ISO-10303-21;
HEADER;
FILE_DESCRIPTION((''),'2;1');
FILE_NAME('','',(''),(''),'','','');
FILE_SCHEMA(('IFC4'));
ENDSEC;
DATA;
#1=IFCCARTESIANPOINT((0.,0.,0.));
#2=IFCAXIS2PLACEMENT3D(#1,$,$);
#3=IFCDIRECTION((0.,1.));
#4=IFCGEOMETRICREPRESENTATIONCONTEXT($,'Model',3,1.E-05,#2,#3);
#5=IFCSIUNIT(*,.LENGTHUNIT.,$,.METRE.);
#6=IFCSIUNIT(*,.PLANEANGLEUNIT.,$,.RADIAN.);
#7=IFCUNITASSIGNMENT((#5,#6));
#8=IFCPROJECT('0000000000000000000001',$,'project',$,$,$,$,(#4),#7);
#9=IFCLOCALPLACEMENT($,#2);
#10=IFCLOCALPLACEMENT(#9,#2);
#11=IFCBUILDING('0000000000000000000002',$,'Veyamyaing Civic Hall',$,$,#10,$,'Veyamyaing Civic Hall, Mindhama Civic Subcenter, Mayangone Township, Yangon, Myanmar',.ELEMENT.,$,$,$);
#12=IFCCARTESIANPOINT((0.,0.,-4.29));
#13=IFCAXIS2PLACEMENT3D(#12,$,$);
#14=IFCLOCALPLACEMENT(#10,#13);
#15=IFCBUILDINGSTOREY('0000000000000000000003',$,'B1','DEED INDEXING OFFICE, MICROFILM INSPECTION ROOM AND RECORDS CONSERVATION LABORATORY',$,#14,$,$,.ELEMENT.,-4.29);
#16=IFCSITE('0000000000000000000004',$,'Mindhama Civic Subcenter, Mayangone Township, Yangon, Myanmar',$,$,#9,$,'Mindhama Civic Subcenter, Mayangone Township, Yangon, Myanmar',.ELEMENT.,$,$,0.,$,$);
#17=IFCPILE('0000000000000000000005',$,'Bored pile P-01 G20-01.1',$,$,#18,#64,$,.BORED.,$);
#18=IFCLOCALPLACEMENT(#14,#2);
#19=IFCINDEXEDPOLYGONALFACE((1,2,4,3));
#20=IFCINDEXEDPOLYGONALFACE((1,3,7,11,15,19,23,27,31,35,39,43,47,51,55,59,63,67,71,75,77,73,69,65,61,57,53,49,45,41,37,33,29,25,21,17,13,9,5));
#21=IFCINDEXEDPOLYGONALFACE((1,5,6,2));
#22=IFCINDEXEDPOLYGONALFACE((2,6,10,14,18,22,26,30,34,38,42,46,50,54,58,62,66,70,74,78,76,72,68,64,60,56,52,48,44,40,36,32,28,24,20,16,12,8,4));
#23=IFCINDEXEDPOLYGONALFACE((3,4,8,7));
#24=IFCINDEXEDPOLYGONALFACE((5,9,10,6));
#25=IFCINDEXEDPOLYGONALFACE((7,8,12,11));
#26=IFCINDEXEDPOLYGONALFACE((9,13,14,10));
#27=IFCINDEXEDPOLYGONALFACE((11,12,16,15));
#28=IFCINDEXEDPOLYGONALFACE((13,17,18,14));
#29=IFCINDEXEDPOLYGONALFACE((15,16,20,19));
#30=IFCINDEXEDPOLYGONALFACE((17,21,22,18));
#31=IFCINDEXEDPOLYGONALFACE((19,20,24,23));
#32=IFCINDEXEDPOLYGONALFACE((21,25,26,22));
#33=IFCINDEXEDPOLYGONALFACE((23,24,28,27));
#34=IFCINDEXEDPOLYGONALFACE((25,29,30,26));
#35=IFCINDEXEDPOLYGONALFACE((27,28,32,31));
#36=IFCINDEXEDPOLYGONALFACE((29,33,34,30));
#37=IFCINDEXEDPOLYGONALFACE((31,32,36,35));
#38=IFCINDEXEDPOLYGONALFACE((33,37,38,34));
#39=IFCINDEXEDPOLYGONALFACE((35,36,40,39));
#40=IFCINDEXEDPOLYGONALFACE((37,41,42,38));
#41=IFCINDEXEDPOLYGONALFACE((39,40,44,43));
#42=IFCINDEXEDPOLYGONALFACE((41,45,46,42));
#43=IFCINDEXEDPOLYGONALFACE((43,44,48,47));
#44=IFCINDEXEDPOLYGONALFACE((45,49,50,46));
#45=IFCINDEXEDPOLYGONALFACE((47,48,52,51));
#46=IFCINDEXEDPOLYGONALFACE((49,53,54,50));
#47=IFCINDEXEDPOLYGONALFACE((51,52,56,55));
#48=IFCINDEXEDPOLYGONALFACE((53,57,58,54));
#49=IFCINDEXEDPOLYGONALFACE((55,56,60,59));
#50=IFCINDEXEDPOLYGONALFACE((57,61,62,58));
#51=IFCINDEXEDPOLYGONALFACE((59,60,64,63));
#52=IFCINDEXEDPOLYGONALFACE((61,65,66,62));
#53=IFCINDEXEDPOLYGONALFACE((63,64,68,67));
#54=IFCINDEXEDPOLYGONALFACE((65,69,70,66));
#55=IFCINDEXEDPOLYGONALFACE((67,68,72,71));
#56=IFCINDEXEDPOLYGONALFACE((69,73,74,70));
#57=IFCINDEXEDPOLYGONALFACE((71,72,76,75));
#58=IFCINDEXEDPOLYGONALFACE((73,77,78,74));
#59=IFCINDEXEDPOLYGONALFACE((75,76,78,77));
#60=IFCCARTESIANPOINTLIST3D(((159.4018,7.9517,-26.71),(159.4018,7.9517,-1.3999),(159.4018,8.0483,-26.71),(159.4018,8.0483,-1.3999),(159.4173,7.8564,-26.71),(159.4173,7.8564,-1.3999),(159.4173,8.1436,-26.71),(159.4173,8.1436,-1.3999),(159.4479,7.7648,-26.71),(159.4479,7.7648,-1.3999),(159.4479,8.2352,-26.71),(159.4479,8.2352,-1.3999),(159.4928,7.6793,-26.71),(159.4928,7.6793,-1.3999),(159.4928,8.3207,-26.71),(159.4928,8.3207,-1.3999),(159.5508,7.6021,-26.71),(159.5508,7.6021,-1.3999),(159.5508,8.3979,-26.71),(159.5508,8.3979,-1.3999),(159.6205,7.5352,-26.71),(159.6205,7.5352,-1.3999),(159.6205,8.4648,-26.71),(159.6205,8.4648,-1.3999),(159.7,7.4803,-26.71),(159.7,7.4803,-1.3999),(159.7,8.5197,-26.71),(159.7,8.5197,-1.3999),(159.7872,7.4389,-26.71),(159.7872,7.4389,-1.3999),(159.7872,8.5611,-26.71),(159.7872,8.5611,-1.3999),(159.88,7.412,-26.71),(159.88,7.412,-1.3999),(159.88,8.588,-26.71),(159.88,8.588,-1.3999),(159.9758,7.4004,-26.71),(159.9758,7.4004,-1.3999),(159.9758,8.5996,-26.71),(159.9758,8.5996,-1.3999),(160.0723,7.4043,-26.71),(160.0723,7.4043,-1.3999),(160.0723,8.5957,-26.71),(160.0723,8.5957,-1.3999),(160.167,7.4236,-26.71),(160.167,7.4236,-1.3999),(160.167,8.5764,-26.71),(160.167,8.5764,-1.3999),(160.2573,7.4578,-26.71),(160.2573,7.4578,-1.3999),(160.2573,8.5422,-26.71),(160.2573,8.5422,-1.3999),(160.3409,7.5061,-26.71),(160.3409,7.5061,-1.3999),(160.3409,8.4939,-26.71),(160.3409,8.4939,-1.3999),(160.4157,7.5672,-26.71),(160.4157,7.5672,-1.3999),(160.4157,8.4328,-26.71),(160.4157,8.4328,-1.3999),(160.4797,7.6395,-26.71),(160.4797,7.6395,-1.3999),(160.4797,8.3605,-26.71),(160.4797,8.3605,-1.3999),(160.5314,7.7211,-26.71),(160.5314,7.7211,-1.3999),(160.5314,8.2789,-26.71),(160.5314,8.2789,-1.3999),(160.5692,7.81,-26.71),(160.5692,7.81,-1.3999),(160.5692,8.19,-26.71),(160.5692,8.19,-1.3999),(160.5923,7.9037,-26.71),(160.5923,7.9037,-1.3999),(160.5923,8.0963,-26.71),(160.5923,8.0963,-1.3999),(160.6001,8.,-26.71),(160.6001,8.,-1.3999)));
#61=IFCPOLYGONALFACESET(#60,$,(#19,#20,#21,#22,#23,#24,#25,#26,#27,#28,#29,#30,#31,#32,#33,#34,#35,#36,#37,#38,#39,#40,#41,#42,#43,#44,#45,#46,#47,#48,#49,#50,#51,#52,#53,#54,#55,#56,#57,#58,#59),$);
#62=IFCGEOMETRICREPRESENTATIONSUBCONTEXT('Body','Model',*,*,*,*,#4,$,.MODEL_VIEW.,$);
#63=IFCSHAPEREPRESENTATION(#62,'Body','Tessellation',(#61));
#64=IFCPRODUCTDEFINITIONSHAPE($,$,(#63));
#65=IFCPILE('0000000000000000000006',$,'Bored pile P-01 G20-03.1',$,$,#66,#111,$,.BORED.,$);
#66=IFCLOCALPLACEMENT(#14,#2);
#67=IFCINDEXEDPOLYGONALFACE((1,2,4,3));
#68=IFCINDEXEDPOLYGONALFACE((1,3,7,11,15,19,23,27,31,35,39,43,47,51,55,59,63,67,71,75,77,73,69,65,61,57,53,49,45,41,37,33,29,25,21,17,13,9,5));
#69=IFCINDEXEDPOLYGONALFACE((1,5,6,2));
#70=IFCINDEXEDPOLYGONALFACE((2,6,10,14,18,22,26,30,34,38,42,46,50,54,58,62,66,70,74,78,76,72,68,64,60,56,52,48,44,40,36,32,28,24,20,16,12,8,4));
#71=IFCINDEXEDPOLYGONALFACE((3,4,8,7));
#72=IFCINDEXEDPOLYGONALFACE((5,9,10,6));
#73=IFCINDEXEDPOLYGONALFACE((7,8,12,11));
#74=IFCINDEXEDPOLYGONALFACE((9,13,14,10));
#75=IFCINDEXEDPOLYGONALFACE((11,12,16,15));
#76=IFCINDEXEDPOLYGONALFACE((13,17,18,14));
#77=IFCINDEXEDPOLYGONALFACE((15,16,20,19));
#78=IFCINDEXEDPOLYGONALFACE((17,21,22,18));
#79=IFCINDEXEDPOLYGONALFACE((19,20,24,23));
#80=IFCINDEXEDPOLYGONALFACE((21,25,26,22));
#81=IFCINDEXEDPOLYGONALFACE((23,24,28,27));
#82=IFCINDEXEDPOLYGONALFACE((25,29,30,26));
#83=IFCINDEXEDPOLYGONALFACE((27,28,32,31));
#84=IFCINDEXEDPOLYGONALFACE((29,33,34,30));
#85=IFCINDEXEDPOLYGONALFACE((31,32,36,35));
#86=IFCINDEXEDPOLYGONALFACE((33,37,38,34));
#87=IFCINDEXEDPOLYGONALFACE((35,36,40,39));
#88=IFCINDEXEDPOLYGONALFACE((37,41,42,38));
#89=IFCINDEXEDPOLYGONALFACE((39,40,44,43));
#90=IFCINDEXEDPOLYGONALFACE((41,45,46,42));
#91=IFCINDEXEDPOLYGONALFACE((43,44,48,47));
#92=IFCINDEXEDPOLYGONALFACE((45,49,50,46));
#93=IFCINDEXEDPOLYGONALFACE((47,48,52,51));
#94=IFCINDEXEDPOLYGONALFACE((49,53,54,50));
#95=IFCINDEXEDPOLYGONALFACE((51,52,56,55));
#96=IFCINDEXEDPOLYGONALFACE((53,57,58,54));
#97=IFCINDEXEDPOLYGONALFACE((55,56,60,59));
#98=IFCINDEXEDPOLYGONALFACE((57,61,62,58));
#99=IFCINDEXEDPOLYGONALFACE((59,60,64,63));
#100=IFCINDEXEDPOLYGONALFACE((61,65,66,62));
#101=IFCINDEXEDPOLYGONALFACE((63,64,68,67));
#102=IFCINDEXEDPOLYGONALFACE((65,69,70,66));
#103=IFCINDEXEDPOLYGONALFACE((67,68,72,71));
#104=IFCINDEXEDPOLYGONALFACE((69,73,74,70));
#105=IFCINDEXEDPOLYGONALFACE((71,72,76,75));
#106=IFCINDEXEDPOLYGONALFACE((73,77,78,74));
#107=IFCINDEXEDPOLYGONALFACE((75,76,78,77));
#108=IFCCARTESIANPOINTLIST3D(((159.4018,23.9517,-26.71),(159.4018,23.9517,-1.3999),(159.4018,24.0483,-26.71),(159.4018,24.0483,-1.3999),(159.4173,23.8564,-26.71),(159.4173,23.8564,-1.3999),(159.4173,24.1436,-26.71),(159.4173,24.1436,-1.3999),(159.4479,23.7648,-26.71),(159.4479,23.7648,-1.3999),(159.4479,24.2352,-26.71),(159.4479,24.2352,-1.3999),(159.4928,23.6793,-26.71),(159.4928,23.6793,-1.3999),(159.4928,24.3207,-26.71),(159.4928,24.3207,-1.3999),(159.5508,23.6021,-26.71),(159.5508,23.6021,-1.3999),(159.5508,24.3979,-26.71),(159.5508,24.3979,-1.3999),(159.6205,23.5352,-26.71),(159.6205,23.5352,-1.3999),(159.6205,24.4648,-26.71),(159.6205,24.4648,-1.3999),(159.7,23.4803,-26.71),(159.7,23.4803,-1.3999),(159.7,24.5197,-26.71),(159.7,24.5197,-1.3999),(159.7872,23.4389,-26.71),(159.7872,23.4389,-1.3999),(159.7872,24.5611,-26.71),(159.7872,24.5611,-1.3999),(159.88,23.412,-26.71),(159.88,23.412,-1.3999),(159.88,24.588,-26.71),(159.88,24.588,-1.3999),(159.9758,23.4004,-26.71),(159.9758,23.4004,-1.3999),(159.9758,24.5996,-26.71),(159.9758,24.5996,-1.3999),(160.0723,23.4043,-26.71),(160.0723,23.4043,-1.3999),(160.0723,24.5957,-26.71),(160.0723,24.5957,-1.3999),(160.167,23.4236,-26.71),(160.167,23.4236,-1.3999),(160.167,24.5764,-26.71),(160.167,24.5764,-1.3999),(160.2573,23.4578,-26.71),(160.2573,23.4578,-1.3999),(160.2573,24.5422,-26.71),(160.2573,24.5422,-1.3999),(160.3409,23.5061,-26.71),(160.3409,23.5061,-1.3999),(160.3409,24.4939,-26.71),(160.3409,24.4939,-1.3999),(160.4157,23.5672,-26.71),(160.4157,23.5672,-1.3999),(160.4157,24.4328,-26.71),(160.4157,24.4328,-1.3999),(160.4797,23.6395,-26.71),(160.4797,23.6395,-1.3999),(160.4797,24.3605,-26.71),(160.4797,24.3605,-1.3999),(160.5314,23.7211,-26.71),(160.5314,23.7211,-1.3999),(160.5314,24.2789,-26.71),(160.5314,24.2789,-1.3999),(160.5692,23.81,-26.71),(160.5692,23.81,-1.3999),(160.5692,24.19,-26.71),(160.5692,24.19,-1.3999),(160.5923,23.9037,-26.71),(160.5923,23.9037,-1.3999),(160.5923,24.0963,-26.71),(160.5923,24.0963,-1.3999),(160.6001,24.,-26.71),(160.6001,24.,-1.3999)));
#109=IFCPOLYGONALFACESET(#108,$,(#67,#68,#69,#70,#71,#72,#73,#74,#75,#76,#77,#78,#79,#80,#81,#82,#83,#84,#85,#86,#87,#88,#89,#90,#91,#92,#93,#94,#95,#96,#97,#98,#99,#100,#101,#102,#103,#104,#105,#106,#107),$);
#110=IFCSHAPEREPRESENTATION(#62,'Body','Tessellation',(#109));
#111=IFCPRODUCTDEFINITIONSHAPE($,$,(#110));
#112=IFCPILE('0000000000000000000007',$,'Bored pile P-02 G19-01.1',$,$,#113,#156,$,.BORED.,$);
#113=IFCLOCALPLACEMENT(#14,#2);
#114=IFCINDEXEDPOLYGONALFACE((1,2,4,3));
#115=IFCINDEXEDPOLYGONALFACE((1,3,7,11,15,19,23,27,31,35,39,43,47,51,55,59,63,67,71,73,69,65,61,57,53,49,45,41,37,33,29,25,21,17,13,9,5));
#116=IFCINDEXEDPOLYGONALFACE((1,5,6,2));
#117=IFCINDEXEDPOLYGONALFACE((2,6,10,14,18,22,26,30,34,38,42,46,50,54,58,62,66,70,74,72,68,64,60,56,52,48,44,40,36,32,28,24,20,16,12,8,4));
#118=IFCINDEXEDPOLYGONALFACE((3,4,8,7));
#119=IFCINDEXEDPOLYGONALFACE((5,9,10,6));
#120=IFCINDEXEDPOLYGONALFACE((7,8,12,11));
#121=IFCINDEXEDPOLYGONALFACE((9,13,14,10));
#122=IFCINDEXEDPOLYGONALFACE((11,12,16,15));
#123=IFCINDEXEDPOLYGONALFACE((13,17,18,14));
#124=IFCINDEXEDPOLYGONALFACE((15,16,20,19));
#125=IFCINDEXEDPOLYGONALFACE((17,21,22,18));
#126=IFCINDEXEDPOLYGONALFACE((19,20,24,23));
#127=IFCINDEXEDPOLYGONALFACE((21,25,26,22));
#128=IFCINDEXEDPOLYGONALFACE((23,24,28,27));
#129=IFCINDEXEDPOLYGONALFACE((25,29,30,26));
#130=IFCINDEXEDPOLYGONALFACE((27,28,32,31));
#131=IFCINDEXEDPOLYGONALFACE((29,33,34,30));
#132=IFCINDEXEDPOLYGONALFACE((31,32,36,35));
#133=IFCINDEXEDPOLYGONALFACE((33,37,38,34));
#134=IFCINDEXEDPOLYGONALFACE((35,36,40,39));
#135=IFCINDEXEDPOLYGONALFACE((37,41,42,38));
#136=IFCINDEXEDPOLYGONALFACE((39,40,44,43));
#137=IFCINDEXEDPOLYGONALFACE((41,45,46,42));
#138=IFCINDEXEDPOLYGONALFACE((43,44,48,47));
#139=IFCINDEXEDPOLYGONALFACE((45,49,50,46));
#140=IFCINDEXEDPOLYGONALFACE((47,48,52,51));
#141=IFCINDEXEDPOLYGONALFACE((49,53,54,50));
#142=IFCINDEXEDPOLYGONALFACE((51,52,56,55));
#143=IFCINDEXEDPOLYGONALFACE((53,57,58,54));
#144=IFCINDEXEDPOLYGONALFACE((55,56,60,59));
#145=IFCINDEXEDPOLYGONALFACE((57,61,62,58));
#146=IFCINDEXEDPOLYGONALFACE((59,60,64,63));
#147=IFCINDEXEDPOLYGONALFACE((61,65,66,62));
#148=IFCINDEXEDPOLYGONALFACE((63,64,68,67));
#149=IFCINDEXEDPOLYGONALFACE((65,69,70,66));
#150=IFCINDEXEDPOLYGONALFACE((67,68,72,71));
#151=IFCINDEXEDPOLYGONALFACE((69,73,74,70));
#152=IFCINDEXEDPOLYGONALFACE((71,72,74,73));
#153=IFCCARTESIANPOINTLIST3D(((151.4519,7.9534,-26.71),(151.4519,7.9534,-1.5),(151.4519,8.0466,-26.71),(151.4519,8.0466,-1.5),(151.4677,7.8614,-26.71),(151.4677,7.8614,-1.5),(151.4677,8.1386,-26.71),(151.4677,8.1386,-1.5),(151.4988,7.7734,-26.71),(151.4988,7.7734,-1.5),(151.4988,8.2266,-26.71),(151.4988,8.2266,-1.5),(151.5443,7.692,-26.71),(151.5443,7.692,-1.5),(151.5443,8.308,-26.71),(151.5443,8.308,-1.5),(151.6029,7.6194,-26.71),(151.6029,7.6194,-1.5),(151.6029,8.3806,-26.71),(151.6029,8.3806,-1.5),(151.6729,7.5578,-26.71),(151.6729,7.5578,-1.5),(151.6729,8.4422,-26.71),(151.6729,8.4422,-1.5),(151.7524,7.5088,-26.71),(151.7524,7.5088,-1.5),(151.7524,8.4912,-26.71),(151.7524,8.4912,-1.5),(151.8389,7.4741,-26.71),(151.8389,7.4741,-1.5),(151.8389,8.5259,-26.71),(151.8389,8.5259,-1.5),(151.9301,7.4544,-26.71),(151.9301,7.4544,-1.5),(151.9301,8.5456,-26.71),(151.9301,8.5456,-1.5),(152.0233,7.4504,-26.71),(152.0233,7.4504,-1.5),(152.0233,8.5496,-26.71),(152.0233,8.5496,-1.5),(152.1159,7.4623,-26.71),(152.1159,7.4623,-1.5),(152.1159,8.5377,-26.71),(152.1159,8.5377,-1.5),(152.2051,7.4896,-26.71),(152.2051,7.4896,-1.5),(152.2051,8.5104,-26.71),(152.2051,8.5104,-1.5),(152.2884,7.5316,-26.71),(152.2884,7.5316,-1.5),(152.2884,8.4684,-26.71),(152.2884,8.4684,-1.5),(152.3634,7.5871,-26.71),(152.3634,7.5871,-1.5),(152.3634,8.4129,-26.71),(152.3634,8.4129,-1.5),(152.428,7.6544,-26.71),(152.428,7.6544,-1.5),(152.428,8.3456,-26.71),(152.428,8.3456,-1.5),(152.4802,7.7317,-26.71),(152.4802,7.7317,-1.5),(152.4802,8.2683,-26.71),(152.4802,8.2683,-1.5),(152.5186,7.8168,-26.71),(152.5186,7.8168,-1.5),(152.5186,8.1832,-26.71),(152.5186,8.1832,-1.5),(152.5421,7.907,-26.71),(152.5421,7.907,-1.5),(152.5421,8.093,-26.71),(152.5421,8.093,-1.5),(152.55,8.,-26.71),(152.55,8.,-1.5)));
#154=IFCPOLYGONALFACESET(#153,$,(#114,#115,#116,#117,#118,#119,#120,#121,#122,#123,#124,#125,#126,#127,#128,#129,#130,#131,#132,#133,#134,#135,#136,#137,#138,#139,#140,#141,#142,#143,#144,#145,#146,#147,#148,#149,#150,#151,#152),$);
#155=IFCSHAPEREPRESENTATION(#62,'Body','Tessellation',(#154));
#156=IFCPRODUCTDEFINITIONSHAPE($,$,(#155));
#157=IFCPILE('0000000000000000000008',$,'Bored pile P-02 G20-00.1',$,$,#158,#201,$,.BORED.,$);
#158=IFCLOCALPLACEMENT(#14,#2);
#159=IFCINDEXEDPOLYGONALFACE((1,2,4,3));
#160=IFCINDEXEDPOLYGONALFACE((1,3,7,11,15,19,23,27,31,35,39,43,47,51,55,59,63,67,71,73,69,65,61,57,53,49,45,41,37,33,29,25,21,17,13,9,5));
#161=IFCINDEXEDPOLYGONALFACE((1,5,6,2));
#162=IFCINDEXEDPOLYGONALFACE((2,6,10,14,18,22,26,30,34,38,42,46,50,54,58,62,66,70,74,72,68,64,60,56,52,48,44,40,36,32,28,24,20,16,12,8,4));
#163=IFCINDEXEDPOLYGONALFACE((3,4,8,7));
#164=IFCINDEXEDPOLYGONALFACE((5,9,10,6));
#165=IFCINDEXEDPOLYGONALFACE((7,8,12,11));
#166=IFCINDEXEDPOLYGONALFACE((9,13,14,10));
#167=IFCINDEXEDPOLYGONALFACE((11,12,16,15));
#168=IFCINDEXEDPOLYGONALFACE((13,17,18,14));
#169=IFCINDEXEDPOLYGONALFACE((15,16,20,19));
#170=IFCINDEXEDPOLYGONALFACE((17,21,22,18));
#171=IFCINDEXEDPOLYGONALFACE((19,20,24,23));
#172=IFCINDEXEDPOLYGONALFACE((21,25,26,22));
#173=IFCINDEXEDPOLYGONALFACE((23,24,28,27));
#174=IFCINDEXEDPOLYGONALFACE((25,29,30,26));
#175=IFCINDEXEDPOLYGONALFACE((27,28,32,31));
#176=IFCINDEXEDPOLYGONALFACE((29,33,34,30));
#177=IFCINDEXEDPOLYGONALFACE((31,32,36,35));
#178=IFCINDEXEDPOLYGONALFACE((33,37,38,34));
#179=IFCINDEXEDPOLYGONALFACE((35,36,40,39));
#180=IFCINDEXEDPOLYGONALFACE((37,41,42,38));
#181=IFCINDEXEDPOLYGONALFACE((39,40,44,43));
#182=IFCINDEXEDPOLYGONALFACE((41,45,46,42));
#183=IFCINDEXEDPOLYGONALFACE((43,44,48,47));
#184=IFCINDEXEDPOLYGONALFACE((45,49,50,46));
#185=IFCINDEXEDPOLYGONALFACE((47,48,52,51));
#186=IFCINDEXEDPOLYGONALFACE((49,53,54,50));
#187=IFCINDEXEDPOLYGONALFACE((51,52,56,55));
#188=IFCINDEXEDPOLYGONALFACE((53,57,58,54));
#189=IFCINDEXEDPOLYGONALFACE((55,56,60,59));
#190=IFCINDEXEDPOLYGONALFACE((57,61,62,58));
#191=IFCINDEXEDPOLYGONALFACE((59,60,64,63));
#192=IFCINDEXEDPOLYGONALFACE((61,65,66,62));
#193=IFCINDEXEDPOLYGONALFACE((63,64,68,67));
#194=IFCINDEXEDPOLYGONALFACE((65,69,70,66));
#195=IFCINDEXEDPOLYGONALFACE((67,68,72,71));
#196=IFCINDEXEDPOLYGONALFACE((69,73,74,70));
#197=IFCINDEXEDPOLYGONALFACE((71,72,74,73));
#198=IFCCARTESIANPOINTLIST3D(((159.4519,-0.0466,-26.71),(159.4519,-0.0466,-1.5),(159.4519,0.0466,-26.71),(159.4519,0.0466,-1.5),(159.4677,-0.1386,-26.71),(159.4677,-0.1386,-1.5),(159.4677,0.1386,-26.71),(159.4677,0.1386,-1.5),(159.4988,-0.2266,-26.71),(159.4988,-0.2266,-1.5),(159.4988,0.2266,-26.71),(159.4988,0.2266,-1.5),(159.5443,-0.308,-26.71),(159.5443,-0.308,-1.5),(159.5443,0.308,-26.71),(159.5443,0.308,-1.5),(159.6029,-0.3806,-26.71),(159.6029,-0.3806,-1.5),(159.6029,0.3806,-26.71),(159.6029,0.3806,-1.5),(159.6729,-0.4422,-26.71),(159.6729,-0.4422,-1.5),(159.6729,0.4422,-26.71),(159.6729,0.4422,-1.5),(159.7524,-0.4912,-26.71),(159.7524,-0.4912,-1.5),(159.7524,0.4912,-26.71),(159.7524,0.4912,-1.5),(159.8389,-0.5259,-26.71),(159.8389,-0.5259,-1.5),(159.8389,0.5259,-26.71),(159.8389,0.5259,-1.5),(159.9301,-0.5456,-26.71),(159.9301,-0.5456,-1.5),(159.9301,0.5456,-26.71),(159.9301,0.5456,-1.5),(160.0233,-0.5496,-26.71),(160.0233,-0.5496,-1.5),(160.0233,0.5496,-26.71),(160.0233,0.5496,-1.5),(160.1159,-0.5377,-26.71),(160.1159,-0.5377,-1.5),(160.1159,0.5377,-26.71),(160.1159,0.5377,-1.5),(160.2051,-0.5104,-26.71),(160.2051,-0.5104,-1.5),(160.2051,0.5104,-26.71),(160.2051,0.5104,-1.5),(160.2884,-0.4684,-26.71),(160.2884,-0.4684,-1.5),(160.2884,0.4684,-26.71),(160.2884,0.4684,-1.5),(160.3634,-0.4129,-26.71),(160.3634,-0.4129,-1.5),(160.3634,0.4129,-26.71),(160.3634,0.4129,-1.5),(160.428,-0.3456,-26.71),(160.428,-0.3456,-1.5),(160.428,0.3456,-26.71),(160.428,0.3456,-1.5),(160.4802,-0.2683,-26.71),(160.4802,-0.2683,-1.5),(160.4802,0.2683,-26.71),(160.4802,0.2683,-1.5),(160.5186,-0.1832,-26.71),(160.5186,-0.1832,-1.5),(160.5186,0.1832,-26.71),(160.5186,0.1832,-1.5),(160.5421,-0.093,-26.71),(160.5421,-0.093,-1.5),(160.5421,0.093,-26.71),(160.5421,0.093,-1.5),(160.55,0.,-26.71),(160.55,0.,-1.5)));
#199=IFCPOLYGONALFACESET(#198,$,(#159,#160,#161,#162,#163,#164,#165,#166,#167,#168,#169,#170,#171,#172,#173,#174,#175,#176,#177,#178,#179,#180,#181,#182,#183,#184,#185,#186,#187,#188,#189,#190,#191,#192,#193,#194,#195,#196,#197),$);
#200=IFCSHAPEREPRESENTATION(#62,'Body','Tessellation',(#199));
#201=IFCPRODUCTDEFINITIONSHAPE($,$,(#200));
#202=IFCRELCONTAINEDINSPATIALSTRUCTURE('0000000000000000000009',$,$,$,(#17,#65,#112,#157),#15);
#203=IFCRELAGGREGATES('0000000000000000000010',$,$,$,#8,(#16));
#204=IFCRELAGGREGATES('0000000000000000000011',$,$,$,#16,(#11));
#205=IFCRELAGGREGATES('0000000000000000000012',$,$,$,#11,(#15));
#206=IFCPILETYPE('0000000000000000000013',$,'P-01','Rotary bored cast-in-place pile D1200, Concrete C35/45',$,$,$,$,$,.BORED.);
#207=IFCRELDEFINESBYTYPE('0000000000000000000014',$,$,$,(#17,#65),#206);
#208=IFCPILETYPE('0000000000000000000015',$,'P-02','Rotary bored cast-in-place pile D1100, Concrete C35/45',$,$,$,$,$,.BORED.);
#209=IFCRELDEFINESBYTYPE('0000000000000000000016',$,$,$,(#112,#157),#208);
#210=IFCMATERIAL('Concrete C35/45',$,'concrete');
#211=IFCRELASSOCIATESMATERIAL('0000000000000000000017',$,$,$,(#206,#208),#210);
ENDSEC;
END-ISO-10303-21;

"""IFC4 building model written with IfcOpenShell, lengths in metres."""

from ifc_helpers import new_model, si_unit, direction, frame, origin, origin_2d, place, context, subcontext, project, spatial, circle, extrude, material, material_profile, profile_set, type_object, element, save


model = new_model("IFC4")

# Units and contexts
model_context = context("Model", 3, precision=1e-05, world=origin(), true_north=direction((0.0, 1.0)))
body_context = subcontext(model_context, "Body", "Model", "MODEL_VIEW")
ifc_project = project(units=[si_unit("LENGTHUNIT", "METRE"), si_unit("PLANEANGLEUNIT", "RADIAN")], contexts=[model_context])

# Site, building, storey
site_placement = place(None, origin())
site = spatial("IfcSite", under=ifc_project, at=site_placement, Name="Mindhama Civic Subcenter, Mayangone Township, Yangon, Myanmar", LongName="Mindhama Civic Subcenter, Mayangone Township, Yangon, Myanmar", CompositionType="ELEMENT", RefElevation=0.0)
building_placement = place(site_placement, origin())
building = spatial("IfcBuilding", under=site, at=building_placement, Name="Veyamyaing Civic Hall", LongName="Veyamyaing Civic Hall, Mindhama Civic Subcenter, Mayangone Township, Yangon, Myanmar", CompositionType="ELEMENT")
storey_placement = place(building_placement, frame((0.0, 0.0, -4.29)))
storey = spatial("IfcBuildingStorey", under=building, at=storey_placement, Name="B1", Description="DEED INDEXING OFFICE, MICROFILM INSPECTION ROOM AND RECORDS CONSERVATION LABORATORY", CompositionType="ELEMENT", Elevation=-4.29)

# Piles
ifc_material_1 = material(Name="Concrete C35/45", Category="concrete")
ifc_material_profile_1 = material_profile(ifc_material_1, circle(Radius=0.6001, at=origin_2d()), Name="PILE-D1200")
ifc_profile_set_1 = profile_set([ifc_material_profile_1], Name="Concrete C35/45")
pile_type_1 = type_object("IfcPileType", Name="P-01", Description="Rotary bored cast-in-place pile D1200, Concrete C35/45", PredefinedType="BORED", material=ifc_profile_set_1)
for number, where, z_axis, x_axis, name in (
    (1, (160.0, 8.0, -1.3999), (0.0, 0.0, -1.0), (1.0, 0.0, 0.0), "Bored pile P-01 G20-01.1"),
    (2, (160.0, 24.0, -1.3999), (0.0, 0.0, -1.0), (1.0, 0.0, 0.0), "Bored pile P-01 G20-03.1"),
):
    element("IfcPile", number, at=place(storey_placement, frame(where, z_axis=z_axis, x_axis=x_axis)), inside=storey, type_object=pile_type_1, Name=name, PredefinedType="BORED", context=body_context, shape_type="SweptSolid", body=[
        extrude(circle(Radius=0.6001, at=origin_2d()), origin(), (0.0, 0.0, 1.0), 25.3101),
    ])
ifc_material_profile_2 = material_profile(ifc_material_1, circle(Radius=0.55, at=origin_2d()), Name="PILE-D1100")
ifc_profile_set_2 = profile_set([ifc_material_profile_2], Name="Concrete C35/45")
pile_type_2 = type_object("IfcPileType", Name="P-02", Description="Rotary bored cast-in-place pile D1100, Concrete C35/45", PredefinedType="BORED", material=ifc_profile_set_2)
for number, where, z_axis, x_axis, name in (
    (3, (152.0, 8.0, -1.5), (0.0, 0.0, -1.0), (1.0, 0.0, 0.0), "Bored pile P-02 G19-01.1"),
    (4, (160.0, 0.0, -1.5), (0.0, 0.0, -1.0), (1.0, 0.0, 0.0), "Bored pile P-02 G20-00.1"),
):
    element("IfcPile", number, at=place(storey_placement, frame(where, z_axis=z_axis, x_axis=x_axis)), inside=storey, type_object=pile_type_2, Name=name, PredefinedType="BORED", context=body_context, shape_type="SweptSolid", body=[
        extrude(circle(Radius=0.55, at=origin_2d()), origin(), (0.0, 0.0, 1.0), 25.21),
    ])

save(model, "model.ifc")
